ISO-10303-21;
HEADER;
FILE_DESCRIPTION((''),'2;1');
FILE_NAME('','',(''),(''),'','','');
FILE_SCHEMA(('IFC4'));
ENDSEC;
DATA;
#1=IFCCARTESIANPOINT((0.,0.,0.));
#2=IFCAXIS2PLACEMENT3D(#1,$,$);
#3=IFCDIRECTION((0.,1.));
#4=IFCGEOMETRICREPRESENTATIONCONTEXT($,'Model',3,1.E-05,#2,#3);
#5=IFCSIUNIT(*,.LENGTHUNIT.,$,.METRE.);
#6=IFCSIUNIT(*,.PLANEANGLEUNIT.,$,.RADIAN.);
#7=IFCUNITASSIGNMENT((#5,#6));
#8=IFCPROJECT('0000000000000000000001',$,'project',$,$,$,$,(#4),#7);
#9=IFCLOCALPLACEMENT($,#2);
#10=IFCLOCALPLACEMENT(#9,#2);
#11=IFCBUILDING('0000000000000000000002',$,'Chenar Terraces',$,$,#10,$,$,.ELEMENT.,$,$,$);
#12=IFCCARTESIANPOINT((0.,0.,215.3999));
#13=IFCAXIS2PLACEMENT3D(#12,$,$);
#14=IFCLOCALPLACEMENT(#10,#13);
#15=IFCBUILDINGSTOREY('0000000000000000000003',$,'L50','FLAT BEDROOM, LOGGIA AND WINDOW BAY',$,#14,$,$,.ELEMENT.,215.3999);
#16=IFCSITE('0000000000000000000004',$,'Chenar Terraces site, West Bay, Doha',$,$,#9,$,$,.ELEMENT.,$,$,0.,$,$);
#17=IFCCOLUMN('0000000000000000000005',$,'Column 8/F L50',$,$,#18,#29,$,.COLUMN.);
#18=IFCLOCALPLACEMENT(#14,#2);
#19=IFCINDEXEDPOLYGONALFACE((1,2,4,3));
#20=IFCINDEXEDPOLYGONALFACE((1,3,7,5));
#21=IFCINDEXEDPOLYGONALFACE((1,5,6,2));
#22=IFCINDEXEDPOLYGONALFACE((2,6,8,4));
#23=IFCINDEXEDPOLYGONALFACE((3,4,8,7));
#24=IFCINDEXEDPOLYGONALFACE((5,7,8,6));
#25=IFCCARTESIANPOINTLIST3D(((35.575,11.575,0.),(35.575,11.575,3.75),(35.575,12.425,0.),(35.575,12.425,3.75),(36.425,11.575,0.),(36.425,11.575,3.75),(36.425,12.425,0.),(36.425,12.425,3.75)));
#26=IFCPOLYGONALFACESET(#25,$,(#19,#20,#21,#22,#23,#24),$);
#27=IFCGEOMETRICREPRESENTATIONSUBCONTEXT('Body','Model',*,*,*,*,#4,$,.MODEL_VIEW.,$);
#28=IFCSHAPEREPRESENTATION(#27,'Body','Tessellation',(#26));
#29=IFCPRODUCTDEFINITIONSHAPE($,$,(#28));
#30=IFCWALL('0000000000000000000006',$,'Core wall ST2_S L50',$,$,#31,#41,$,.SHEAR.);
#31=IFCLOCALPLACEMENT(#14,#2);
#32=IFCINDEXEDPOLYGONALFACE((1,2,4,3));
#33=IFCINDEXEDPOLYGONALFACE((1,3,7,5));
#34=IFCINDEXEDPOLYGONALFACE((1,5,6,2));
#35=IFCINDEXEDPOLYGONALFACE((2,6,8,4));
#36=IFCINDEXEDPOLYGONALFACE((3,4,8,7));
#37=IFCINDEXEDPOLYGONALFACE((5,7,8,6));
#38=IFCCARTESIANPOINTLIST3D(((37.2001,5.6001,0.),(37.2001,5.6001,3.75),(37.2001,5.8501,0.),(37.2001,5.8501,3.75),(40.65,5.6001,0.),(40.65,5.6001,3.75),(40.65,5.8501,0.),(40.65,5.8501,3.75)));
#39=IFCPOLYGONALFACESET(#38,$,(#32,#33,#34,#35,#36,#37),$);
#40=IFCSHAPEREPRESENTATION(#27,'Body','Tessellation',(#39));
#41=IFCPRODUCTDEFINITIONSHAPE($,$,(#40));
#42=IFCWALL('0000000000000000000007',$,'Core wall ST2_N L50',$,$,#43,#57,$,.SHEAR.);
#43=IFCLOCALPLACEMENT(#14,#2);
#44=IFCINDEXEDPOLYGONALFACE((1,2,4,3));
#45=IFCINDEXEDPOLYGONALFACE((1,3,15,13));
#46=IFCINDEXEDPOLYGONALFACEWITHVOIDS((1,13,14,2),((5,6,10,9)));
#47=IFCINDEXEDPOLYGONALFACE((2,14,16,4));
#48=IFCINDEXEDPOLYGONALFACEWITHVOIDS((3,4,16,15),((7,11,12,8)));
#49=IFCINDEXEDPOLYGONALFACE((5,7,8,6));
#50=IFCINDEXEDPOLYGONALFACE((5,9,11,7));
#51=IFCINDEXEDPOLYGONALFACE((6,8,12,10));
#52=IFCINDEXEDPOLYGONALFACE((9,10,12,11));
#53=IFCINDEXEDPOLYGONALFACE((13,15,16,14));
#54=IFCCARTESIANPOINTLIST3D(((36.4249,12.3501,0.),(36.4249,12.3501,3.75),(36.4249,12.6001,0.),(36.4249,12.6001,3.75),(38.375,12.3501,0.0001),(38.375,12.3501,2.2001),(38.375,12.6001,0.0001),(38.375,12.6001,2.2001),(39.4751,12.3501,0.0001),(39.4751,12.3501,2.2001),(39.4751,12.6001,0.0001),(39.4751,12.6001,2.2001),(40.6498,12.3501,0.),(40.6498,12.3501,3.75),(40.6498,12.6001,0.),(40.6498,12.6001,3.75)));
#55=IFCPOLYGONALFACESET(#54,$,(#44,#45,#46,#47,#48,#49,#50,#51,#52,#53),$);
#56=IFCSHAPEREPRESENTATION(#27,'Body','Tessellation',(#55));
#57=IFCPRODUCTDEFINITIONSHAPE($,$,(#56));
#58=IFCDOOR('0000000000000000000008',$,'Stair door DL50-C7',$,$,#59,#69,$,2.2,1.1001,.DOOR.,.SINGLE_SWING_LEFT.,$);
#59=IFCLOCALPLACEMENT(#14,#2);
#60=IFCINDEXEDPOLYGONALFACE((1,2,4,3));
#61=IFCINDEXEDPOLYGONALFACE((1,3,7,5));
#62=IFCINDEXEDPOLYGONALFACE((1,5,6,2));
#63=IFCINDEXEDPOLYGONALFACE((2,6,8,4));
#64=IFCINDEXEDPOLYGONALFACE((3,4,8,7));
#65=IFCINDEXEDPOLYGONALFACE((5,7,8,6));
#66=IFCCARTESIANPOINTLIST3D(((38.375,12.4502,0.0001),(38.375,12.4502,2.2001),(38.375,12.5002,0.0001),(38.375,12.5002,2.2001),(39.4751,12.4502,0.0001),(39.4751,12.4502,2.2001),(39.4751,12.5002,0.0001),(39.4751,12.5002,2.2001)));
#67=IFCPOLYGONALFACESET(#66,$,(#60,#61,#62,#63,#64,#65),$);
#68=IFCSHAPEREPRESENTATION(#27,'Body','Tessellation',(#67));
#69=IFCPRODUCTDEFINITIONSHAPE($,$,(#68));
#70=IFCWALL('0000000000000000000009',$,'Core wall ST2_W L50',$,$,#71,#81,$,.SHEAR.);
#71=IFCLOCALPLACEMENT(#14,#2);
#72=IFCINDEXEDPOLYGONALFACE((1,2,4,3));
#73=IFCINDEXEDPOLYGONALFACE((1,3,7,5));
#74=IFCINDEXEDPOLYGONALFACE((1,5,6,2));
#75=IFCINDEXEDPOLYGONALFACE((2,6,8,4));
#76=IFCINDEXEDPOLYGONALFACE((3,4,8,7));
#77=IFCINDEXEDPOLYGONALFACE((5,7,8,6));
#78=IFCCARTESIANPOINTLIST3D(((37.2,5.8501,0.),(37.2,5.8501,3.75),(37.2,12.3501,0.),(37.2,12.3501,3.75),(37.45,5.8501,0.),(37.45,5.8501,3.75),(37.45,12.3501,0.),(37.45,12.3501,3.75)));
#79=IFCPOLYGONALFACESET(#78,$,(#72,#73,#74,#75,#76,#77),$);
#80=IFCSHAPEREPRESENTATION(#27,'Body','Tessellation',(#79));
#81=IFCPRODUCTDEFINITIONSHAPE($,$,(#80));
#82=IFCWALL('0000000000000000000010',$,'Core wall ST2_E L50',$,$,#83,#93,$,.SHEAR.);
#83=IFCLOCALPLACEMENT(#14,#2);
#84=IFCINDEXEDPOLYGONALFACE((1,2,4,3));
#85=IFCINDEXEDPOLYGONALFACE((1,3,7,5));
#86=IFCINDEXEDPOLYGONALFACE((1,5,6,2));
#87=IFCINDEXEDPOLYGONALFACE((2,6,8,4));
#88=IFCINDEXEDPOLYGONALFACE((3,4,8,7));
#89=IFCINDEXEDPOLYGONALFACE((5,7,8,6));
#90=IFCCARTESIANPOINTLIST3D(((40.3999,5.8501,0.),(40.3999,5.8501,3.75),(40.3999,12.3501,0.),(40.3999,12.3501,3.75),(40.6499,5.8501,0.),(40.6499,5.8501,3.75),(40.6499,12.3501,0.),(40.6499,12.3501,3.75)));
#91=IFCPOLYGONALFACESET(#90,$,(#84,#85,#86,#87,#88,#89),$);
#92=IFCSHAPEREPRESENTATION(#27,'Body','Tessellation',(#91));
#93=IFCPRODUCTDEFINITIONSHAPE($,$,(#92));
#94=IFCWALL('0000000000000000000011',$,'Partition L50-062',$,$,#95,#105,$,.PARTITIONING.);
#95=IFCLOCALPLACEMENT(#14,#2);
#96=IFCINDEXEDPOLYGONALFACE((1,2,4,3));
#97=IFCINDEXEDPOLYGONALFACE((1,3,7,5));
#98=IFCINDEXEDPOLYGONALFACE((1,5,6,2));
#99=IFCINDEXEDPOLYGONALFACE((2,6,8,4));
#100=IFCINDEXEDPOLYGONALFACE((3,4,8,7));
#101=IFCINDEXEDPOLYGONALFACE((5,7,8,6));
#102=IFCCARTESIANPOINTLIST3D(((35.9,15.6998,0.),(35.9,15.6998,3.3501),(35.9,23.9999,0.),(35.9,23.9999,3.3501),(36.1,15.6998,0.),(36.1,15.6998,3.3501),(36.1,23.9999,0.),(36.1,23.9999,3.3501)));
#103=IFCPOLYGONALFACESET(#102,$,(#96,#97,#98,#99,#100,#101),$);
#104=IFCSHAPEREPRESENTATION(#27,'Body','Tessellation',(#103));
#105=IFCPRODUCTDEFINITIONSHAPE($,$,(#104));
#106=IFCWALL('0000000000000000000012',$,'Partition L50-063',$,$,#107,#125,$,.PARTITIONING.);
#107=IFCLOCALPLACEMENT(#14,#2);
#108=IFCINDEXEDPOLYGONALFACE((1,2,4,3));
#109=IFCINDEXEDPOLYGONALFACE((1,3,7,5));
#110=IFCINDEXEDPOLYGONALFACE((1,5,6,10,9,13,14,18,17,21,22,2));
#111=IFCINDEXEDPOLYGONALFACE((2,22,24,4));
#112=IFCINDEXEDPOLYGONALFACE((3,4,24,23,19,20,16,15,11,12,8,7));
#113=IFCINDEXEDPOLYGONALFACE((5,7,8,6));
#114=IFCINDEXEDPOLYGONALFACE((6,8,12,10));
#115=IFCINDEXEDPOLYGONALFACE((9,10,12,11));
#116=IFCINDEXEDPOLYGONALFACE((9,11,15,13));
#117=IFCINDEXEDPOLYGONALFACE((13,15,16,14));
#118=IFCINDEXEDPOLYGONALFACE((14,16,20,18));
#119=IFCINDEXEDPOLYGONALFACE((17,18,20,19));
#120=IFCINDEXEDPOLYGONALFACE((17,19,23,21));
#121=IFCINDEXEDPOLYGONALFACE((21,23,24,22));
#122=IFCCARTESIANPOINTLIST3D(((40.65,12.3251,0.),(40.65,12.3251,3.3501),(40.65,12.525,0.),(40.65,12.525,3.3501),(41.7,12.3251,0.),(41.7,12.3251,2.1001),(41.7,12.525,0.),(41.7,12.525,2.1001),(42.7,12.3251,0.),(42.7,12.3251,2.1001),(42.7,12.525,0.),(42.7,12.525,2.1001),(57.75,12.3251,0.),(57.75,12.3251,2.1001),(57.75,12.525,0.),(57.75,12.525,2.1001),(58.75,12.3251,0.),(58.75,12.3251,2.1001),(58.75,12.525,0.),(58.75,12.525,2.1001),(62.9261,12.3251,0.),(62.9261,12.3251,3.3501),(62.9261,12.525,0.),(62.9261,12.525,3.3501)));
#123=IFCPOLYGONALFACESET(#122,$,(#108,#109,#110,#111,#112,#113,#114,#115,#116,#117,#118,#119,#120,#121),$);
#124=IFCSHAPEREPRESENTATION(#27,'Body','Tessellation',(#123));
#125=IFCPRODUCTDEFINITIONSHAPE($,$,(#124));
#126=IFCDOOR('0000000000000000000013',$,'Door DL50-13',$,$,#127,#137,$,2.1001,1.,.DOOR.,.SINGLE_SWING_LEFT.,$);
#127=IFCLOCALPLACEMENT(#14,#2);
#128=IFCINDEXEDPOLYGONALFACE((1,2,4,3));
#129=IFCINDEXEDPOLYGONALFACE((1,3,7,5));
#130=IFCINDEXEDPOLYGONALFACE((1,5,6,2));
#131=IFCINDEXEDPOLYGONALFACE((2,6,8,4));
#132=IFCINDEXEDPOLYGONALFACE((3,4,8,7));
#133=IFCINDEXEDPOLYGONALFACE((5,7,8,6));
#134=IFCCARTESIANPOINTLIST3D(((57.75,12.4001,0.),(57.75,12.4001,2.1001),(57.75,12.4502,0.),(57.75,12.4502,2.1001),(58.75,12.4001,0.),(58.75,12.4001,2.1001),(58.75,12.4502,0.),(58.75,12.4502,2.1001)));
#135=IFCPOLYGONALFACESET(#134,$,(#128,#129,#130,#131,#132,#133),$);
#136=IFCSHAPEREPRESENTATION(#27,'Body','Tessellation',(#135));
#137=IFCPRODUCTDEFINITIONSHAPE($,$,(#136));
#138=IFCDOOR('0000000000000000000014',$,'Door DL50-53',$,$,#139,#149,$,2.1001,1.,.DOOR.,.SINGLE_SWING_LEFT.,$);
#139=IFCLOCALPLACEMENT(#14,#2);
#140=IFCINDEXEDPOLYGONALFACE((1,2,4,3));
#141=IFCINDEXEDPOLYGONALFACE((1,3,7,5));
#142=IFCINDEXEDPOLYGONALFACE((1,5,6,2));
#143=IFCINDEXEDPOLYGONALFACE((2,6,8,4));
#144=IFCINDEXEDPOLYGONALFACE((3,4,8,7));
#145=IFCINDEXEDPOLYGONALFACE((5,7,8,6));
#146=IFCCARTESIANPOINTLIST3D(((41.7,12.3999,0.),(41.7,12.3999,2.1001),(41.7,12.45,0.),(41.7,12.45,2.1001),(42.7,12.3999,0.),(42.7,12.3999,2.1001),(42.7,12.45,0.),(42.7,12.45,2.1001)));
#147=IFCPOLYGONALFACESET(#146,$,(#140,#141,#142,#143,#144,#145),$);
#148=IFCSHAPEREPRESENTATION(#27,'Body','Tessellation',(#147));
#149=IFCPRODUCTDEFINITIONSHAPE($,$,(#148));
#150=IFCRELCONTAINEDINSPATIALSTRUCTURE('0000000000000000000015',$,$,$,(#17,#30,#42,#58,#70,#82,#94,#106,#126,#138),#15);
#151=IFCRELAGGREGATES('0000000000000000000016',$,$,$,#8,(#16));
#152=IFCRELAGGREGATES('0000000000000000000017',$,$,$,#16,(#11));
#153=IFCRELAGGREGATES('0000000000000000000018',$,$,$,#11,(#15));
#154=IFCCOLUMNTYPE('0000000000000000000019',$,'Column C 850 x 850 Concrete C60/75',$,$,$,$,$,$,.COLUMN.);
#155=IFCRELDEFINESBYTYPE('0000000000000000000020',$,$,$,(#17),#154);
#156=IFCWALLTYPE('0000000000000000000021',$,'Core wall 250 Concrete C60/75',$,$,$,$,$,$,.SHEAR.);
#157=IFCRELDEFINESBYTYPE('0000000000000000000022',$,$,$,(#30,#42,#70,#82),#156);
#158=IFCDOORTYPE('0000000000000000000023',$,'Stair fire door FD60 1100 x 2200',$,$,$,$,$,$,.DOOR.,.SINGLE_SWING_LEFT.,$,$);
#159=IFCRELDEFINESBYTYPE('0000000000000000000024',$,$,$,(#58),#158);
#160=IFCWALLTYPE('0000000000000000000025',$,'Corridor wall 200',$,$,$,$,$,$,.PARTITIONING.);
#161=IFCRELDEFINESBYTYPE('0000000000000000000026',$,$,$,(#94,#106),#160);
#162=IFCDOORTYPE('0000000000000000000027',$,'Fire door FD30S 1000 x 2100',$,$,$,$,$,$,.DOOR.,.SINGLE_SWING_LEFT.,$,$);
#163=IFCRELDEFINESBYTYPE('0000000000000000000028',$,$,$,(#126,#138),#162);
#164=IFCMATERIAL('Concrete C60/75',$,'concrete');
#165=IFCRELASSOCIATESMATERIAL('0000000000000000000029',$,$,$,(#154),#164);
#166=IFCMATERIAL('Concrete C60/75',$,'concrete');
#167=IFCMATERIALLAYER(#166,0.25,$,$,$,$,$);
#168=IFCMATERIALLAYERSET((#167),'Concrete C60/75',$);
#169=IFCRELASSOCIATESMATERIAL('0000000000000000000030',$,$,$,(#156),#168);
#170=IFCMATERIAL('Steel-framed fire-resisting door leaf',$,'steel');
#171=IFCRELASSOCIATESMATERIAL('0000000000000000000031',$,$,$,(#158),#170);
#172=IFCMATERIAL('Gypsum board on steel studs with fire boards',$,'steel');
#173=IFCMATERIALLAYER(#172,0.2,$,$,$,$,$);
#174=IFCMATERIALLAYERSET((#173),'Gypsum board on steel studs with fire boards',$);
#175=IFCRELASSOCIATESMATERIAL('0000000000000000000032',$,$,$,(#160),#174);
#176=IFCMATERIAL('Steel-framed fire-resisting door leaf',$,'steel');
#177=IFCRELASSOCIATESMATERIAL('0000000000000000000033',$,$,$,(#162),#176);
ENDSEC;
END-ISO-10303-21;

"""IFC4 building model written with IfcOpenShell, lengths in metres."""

from ifc_helpers import new_model, si_unit, direction, frame, frame_2d, origin, origin_2d, place, context, subcontext, project, spatial, rectangle, extrude, material, layer, layer_set, material_profile, profile_set, type_object, element, fill, save


model = new_model("IFC4")

# Units and contexts
model_context = context("Model", 3, precision=1e-05, world=origin(), true_north=direction((0.0, 1.0)))
body_context = subcontext(model_context, "Body", "Model", "MODEL_VIEW")
ifc_project = project(units=[si_unit("LENGTHUNIT", "METRE"), si_unit("PLANEANGLEUNIT", "RADIAN")], contexts=[model_context])

# Site, building, storey
site_placement = place(None, origin())
site = spatial("IfcSite", under=ifc_project, at=site_placement, Name="Chenar Terraces site, West Bay, Doha", CompositionType="ELEMENT", RefElevation=0.0)
building_placement = place(site_placement, origin())
building = spatial("IfcBuilding", under=site, at=building_placement, Name="Chenar Terraces", CompositionType="ELEMENT")
storey_placement = place(building_placement, frame((0.0, 0.0, 215.3999)))
storey = spatial("IfcBuildingStorey", under=building, at=storey_placement, Name="L50", Description="FLAT BEDROOM, LOGGIA AND WINDOW BAY", CompositionType="ELEMENT", Elevation=215.3999)

# Column
ifc_material_1 = material(Name="Concrete C60/75", Category="concrete")
ifc_material_profile = material_profile(ifc_material_1, rectangle(XDim=0.8501, YDim=0.8501, at=origin_2d()), Name="C 850 x 850")
ifc_profile_set = profile_set([ifc_material_profile], Name="Concrete C60/75")
column_type = type_object("IfcColumnType", Name="Column C 850 x 850 Concrete C60/75", PredefinedType="COLUMN", material=ifc_profile_set)
column_placement = place(storey_placement, frame((36.0, 12.0, 0.0), z_axis=(0.0, 0.0, 1.0), x_axis=(1.0, 0.0, 0.0)))
element("IfcColumn", 1, at=column_placement, inside=storey, type_object=column_type, Name="Column 8/F L50", PredefinedType="COLUMN", context=body_context, shape_type="SweptSolid", body=[
    extrude(rectangle(XDim=0.8501, YDim=0.8501, at=origin_2d()), origin(), (0.0, 0.0, 1.0), 3.75),
])

# Wall
ifc_material_2 = material(Name="Concrete C60/75", Category="concrete")
ifc_layer_1 = layer(ifc_material_2, 0.25)
ifc_layer_set_1 = layer_set([ifc_layer_1], Name="Concrete C60/75")
wall_type_1 = type_object("IfcWallType", Name="Core wall 250 Concrete C60/75", PredefinedType="SHEAR", material=ifc_layer_set_1)
wall_1_placement = place(storey_placement, frame((37.2, 5.7251, 0.0), z_axis=(0.0, 0.0, 1.0), x_axis=(1.0, 0.0, 0.0)))
element("IfcWall", 2, at=wall_1_placement, inside=storey, type_object=wall_type_1, Name="Core wall ST2_S L50", PredefinedType="SHEAR", context=body_context, shape_type="SweptSolid", body=[
    extrude(rectangle(XDim=3.45, YDim=0.25, at=frame_2d((1.7251, 0.0))), origin(), (0.0, 0.0, 1.0), 3.75),
])

# Wall, opening, door
wall_2_placement = place(storey_placement, frame((36.425, 12.4751, 0.0), z_axis=(0.0, 0.0, 1.0), x_axis=(1.0, 0.0, 0.0)))
wall_2 = element("IfcWall", 3, at=wall_2_placement, inside=storey, type_object=wall_type_1, Name="Core wall ST2_N L50", PredefinedType="SHEAR", context=body_context, shape_type="SweptSolid", body=[
    extrude(rectangle(XDim=4.2249, YDim=0.25, at=frame_2d((2.1123, 0.0))), origin(), (0.0, 0.0, 1.0), 3.75),
])
opening_1_placement = place(wall_2_placement, frame((1.95, 0.0, 0.0)))
opening_1 = element("IfcOpeningElement", 4, at=opening_1_placement, cuts=wall_2, PredefinedType="OPENING", context=body_context, shape_type="SweptSolid", body=[
    extrude(rectangle(XDim=1.1001, YDim=2.2, at=frame_2d((0.55, 1.1001))), frame((0.0, 0.135, 0.0), z_axis=(0.0, -1.0, 0.0), x_axis=(1.0, 0.0, 0.0)), (0.0, 0.0, 1.0), 0.27),
])
ifc_material_3 = material(Name="Steel-framed fire-resisting door leaf", Category="steel")
door_type_1 = type_object("IfcDoorType", Name="Stair fire door FD60 1100 x 2200", OperationType="SINGLE_SWING_LEFT", PredefinedType="DOOR", material=ifc_material_3)
door_1_placement = place(opening_1_placement, frame((1.1001, 0.0, 0.0), z_axis=(0.0, 0.0, 1.0), x_axis=(-1.0, 0.0, 0.0)))
door_1 = element("IfcDoor", 5, at=door_1_placement, inside=storey, type_object=door_type_1, Name="Stair door DL50-C7", OperationType="SINGLE_SWING_LEFT", OverallHeight=2.2, OverallWidth=1.1001, PredefinedType="DOOR", context=body_context, shape_type="SweptSolid", body=[
    extrude(rectangle(XDim=1.1001, YDim=2.2, at=frame_2d((0.55, 1.1001))), frame((0.0, 0.0249, 0.0), z_axis=(0.0, -1.0, 0.0), x_axis=(1.0, 0.0, 0.0)), (0.0, 0.0, 1.0), 0.05),
])
fill(opening_1, door_1)

# Walls
for number, where, z_axis, x_axis, name in (
    (6, (37.325, 5.8501, 0.0), (0.0, 0.0, 1.0), (0.0, 1.0, 0.0), "Core wall ST2_W L50"),
    (7, (40.5249, 5.8501, 0.0), (0.0, 0.0, 1.0), (0.0, 1.0, 0.0), "Core wall ST2_E L50"),
):
    element("IfcWall", number, at=place(storey_placement, frame(where, z_axis=z_axis, x_axis=x_axis)), inside=storey, type_object=wall_type_1, Name=name, PredefinedType="SHEAR", context=body_context, shape_type="SweptSolid", body=[
        extrude(rectangle(XDim=6.5, YDim=0.25, at=frame_2d((3.25, 0.0))), origin(), (0.0, 0.0, 1.0), 3.75),
    ])
ifc_material_4 = material(Name="Gypsum board on steel studs with fire boards", Category="steel")
ifc_layer_2 = layer(ifc_material_4, 0.2)
ifc_layer_set_2 = layer_set([ifc_layer_2], Name="Gypsum board on steel studs with fire boards")
wall_type_2 = type_object("IfcWallType", Name="Corridor wall 200", PredefinedType="PARTITIONING", material=ifc_layer_set_2)
wall_3_placement = place(storey_placement, frame((36.0, 15.7, 0.0), z_axis=(0.0, 0.0, 1.0), x_axis=(0.0, 1.0, 0.0)))
element("IfcWall", 8, at=wall_3_placement, inside=storey, type_object=wall_type_2, Name="Partition L50-062", PredefinedType="PARTITIONING", context=body_context, shape_type="SweptSolid", body=[
    extrude(rectangle(XDim=8.3, YDim=0.2, at=frame_2d((4.1499, 0.0))), origin(), (0.0, 0.0, 1.0), 3.3501),
])

# Wall, openings, doors
wall_4_placement = place(storey_placement, frame((40.6499, 12.425, 0.0), z_axis=(0.0, 0.0, 1.0), x_axis=(1.0, 0.0, 0.0)))
wall_4 = element("IfcWall", 9, at=wall_4_placement, inside=storey, type_object=wall_type_2, Name="Partition L50-063", PredefinedType="PARTITIONING", context=body_context, shape_type="SweptSolid", body=[
    extrude(rectangle(XDim=22.2761, YDim=0.2, at=frame_2d((11.1382, 0.0))), origin(), (0.0, 0.0, 1.0), 3.3501),
])
opening_2_placement = place(wall_4_placement, frame((17.1001, 0.0, 0.0)))
opening_2 = element("IfcOpeningElement", 10, at=opening_2_placement, cuts=wall_4, PredefinedType="OPENING", context=body_context, shape_type="SweptSolid", body=[
    extrude(rectangle(XDim=1.0, YDim=2.1001, at=frame_2d((0.5, 1.05))), frame((0.0, 0.1099, 0.0), z_axis=(0.0, -1.0, 0.0), x_axis=(1.0, 0.0, 0.0)), (0.0, 0.0, 1.0), 0.22),
])
opening_3_placement = place(wall_4_placement, frame((1.05, 0.0, 0.0)))
opening_3 = element("IfcOpeningElement", 11, at=opening_3_placement, cuts=wall_4, PredefinedType="OPENING", context=body_context, shape_type="SweptSolid", body=[
    extrude(rectangle(XDim=1.0, YDim=2.1001, at=frame_2d((0.5, 1.05))), frame((0.0, 0.1099, 0.0), z_axis=(0.0, -1.0, 0.0), x_axis=(1.0, 0.0, 0.0)), (0.0, 0.0, 1.0), 0.22),
])
ifc_material_5 = material(Name="Steel-framed fire-resisting door leaf", Category="steel")
door_type_2 = type_object("IfcDoorType", Name="Fire door FD30S 1000 x 2100", OperationType="SINGLE_SWING_LEFT", PredefinedType="DOOR", material=ifc_material_5)
door_2_placement = place(opening_2_placement, frame((1.0, 0.0, 0.0), z_axis=(0.0, 0.0, 1.0), x_axis=(-1.0, 0.0, 0.0)))
door_2 = element("IfcDoor", 12, at=door_2_placement, inside=storey, type_object=door_type_2, Name="Door DL50-13", OperationType="SINGLE_SWING_LEFT", OverallHeight=2.1001, OverallWidth=1.0, PredefinedType="DOOR", context=body_context, shape_type="SweptSolid", body=[
    extrude(rectangle(XDim=1.0, YDim=2.1001, at=frame_2d((0.5, 1.05))), frame((0.0, 0.0249, 0.0), z_axis=(0.0, -1.0, 0.0), x_axis=(1.0, 0.0, 0.0)), (0.0, 0.0, 1.0), 0.05),
])
fill(opening_2, door_2)
door_3_placement = place(opening_3_placement, origin())
door_3 = element("IfcDoor", 13, at=door_3_placement, inside=storey, type_object=door_type_2, Name="Door DL50-53", OperationType="SINGLE_SWING_LEFT", OverallHeight=2.1001, OverallWidth=1.0, PredefinedType="DOOR", context=body_context, shape_type="SweptSolid", body=[
    extrude(rectangle(XDim=1.0, YDim=2.1001, at=frame_2d((0.5, 1.05))), frame((0.0, 0.0249, 0.0), z_axis=(0.0, -1.0, 0.0), x_axis=(1.0, 0.0, 0.0)), (0.0, 0.0, 1.0), 0.05),
])
fill(opening_3, door_3)

save(model, "model.ifc")
